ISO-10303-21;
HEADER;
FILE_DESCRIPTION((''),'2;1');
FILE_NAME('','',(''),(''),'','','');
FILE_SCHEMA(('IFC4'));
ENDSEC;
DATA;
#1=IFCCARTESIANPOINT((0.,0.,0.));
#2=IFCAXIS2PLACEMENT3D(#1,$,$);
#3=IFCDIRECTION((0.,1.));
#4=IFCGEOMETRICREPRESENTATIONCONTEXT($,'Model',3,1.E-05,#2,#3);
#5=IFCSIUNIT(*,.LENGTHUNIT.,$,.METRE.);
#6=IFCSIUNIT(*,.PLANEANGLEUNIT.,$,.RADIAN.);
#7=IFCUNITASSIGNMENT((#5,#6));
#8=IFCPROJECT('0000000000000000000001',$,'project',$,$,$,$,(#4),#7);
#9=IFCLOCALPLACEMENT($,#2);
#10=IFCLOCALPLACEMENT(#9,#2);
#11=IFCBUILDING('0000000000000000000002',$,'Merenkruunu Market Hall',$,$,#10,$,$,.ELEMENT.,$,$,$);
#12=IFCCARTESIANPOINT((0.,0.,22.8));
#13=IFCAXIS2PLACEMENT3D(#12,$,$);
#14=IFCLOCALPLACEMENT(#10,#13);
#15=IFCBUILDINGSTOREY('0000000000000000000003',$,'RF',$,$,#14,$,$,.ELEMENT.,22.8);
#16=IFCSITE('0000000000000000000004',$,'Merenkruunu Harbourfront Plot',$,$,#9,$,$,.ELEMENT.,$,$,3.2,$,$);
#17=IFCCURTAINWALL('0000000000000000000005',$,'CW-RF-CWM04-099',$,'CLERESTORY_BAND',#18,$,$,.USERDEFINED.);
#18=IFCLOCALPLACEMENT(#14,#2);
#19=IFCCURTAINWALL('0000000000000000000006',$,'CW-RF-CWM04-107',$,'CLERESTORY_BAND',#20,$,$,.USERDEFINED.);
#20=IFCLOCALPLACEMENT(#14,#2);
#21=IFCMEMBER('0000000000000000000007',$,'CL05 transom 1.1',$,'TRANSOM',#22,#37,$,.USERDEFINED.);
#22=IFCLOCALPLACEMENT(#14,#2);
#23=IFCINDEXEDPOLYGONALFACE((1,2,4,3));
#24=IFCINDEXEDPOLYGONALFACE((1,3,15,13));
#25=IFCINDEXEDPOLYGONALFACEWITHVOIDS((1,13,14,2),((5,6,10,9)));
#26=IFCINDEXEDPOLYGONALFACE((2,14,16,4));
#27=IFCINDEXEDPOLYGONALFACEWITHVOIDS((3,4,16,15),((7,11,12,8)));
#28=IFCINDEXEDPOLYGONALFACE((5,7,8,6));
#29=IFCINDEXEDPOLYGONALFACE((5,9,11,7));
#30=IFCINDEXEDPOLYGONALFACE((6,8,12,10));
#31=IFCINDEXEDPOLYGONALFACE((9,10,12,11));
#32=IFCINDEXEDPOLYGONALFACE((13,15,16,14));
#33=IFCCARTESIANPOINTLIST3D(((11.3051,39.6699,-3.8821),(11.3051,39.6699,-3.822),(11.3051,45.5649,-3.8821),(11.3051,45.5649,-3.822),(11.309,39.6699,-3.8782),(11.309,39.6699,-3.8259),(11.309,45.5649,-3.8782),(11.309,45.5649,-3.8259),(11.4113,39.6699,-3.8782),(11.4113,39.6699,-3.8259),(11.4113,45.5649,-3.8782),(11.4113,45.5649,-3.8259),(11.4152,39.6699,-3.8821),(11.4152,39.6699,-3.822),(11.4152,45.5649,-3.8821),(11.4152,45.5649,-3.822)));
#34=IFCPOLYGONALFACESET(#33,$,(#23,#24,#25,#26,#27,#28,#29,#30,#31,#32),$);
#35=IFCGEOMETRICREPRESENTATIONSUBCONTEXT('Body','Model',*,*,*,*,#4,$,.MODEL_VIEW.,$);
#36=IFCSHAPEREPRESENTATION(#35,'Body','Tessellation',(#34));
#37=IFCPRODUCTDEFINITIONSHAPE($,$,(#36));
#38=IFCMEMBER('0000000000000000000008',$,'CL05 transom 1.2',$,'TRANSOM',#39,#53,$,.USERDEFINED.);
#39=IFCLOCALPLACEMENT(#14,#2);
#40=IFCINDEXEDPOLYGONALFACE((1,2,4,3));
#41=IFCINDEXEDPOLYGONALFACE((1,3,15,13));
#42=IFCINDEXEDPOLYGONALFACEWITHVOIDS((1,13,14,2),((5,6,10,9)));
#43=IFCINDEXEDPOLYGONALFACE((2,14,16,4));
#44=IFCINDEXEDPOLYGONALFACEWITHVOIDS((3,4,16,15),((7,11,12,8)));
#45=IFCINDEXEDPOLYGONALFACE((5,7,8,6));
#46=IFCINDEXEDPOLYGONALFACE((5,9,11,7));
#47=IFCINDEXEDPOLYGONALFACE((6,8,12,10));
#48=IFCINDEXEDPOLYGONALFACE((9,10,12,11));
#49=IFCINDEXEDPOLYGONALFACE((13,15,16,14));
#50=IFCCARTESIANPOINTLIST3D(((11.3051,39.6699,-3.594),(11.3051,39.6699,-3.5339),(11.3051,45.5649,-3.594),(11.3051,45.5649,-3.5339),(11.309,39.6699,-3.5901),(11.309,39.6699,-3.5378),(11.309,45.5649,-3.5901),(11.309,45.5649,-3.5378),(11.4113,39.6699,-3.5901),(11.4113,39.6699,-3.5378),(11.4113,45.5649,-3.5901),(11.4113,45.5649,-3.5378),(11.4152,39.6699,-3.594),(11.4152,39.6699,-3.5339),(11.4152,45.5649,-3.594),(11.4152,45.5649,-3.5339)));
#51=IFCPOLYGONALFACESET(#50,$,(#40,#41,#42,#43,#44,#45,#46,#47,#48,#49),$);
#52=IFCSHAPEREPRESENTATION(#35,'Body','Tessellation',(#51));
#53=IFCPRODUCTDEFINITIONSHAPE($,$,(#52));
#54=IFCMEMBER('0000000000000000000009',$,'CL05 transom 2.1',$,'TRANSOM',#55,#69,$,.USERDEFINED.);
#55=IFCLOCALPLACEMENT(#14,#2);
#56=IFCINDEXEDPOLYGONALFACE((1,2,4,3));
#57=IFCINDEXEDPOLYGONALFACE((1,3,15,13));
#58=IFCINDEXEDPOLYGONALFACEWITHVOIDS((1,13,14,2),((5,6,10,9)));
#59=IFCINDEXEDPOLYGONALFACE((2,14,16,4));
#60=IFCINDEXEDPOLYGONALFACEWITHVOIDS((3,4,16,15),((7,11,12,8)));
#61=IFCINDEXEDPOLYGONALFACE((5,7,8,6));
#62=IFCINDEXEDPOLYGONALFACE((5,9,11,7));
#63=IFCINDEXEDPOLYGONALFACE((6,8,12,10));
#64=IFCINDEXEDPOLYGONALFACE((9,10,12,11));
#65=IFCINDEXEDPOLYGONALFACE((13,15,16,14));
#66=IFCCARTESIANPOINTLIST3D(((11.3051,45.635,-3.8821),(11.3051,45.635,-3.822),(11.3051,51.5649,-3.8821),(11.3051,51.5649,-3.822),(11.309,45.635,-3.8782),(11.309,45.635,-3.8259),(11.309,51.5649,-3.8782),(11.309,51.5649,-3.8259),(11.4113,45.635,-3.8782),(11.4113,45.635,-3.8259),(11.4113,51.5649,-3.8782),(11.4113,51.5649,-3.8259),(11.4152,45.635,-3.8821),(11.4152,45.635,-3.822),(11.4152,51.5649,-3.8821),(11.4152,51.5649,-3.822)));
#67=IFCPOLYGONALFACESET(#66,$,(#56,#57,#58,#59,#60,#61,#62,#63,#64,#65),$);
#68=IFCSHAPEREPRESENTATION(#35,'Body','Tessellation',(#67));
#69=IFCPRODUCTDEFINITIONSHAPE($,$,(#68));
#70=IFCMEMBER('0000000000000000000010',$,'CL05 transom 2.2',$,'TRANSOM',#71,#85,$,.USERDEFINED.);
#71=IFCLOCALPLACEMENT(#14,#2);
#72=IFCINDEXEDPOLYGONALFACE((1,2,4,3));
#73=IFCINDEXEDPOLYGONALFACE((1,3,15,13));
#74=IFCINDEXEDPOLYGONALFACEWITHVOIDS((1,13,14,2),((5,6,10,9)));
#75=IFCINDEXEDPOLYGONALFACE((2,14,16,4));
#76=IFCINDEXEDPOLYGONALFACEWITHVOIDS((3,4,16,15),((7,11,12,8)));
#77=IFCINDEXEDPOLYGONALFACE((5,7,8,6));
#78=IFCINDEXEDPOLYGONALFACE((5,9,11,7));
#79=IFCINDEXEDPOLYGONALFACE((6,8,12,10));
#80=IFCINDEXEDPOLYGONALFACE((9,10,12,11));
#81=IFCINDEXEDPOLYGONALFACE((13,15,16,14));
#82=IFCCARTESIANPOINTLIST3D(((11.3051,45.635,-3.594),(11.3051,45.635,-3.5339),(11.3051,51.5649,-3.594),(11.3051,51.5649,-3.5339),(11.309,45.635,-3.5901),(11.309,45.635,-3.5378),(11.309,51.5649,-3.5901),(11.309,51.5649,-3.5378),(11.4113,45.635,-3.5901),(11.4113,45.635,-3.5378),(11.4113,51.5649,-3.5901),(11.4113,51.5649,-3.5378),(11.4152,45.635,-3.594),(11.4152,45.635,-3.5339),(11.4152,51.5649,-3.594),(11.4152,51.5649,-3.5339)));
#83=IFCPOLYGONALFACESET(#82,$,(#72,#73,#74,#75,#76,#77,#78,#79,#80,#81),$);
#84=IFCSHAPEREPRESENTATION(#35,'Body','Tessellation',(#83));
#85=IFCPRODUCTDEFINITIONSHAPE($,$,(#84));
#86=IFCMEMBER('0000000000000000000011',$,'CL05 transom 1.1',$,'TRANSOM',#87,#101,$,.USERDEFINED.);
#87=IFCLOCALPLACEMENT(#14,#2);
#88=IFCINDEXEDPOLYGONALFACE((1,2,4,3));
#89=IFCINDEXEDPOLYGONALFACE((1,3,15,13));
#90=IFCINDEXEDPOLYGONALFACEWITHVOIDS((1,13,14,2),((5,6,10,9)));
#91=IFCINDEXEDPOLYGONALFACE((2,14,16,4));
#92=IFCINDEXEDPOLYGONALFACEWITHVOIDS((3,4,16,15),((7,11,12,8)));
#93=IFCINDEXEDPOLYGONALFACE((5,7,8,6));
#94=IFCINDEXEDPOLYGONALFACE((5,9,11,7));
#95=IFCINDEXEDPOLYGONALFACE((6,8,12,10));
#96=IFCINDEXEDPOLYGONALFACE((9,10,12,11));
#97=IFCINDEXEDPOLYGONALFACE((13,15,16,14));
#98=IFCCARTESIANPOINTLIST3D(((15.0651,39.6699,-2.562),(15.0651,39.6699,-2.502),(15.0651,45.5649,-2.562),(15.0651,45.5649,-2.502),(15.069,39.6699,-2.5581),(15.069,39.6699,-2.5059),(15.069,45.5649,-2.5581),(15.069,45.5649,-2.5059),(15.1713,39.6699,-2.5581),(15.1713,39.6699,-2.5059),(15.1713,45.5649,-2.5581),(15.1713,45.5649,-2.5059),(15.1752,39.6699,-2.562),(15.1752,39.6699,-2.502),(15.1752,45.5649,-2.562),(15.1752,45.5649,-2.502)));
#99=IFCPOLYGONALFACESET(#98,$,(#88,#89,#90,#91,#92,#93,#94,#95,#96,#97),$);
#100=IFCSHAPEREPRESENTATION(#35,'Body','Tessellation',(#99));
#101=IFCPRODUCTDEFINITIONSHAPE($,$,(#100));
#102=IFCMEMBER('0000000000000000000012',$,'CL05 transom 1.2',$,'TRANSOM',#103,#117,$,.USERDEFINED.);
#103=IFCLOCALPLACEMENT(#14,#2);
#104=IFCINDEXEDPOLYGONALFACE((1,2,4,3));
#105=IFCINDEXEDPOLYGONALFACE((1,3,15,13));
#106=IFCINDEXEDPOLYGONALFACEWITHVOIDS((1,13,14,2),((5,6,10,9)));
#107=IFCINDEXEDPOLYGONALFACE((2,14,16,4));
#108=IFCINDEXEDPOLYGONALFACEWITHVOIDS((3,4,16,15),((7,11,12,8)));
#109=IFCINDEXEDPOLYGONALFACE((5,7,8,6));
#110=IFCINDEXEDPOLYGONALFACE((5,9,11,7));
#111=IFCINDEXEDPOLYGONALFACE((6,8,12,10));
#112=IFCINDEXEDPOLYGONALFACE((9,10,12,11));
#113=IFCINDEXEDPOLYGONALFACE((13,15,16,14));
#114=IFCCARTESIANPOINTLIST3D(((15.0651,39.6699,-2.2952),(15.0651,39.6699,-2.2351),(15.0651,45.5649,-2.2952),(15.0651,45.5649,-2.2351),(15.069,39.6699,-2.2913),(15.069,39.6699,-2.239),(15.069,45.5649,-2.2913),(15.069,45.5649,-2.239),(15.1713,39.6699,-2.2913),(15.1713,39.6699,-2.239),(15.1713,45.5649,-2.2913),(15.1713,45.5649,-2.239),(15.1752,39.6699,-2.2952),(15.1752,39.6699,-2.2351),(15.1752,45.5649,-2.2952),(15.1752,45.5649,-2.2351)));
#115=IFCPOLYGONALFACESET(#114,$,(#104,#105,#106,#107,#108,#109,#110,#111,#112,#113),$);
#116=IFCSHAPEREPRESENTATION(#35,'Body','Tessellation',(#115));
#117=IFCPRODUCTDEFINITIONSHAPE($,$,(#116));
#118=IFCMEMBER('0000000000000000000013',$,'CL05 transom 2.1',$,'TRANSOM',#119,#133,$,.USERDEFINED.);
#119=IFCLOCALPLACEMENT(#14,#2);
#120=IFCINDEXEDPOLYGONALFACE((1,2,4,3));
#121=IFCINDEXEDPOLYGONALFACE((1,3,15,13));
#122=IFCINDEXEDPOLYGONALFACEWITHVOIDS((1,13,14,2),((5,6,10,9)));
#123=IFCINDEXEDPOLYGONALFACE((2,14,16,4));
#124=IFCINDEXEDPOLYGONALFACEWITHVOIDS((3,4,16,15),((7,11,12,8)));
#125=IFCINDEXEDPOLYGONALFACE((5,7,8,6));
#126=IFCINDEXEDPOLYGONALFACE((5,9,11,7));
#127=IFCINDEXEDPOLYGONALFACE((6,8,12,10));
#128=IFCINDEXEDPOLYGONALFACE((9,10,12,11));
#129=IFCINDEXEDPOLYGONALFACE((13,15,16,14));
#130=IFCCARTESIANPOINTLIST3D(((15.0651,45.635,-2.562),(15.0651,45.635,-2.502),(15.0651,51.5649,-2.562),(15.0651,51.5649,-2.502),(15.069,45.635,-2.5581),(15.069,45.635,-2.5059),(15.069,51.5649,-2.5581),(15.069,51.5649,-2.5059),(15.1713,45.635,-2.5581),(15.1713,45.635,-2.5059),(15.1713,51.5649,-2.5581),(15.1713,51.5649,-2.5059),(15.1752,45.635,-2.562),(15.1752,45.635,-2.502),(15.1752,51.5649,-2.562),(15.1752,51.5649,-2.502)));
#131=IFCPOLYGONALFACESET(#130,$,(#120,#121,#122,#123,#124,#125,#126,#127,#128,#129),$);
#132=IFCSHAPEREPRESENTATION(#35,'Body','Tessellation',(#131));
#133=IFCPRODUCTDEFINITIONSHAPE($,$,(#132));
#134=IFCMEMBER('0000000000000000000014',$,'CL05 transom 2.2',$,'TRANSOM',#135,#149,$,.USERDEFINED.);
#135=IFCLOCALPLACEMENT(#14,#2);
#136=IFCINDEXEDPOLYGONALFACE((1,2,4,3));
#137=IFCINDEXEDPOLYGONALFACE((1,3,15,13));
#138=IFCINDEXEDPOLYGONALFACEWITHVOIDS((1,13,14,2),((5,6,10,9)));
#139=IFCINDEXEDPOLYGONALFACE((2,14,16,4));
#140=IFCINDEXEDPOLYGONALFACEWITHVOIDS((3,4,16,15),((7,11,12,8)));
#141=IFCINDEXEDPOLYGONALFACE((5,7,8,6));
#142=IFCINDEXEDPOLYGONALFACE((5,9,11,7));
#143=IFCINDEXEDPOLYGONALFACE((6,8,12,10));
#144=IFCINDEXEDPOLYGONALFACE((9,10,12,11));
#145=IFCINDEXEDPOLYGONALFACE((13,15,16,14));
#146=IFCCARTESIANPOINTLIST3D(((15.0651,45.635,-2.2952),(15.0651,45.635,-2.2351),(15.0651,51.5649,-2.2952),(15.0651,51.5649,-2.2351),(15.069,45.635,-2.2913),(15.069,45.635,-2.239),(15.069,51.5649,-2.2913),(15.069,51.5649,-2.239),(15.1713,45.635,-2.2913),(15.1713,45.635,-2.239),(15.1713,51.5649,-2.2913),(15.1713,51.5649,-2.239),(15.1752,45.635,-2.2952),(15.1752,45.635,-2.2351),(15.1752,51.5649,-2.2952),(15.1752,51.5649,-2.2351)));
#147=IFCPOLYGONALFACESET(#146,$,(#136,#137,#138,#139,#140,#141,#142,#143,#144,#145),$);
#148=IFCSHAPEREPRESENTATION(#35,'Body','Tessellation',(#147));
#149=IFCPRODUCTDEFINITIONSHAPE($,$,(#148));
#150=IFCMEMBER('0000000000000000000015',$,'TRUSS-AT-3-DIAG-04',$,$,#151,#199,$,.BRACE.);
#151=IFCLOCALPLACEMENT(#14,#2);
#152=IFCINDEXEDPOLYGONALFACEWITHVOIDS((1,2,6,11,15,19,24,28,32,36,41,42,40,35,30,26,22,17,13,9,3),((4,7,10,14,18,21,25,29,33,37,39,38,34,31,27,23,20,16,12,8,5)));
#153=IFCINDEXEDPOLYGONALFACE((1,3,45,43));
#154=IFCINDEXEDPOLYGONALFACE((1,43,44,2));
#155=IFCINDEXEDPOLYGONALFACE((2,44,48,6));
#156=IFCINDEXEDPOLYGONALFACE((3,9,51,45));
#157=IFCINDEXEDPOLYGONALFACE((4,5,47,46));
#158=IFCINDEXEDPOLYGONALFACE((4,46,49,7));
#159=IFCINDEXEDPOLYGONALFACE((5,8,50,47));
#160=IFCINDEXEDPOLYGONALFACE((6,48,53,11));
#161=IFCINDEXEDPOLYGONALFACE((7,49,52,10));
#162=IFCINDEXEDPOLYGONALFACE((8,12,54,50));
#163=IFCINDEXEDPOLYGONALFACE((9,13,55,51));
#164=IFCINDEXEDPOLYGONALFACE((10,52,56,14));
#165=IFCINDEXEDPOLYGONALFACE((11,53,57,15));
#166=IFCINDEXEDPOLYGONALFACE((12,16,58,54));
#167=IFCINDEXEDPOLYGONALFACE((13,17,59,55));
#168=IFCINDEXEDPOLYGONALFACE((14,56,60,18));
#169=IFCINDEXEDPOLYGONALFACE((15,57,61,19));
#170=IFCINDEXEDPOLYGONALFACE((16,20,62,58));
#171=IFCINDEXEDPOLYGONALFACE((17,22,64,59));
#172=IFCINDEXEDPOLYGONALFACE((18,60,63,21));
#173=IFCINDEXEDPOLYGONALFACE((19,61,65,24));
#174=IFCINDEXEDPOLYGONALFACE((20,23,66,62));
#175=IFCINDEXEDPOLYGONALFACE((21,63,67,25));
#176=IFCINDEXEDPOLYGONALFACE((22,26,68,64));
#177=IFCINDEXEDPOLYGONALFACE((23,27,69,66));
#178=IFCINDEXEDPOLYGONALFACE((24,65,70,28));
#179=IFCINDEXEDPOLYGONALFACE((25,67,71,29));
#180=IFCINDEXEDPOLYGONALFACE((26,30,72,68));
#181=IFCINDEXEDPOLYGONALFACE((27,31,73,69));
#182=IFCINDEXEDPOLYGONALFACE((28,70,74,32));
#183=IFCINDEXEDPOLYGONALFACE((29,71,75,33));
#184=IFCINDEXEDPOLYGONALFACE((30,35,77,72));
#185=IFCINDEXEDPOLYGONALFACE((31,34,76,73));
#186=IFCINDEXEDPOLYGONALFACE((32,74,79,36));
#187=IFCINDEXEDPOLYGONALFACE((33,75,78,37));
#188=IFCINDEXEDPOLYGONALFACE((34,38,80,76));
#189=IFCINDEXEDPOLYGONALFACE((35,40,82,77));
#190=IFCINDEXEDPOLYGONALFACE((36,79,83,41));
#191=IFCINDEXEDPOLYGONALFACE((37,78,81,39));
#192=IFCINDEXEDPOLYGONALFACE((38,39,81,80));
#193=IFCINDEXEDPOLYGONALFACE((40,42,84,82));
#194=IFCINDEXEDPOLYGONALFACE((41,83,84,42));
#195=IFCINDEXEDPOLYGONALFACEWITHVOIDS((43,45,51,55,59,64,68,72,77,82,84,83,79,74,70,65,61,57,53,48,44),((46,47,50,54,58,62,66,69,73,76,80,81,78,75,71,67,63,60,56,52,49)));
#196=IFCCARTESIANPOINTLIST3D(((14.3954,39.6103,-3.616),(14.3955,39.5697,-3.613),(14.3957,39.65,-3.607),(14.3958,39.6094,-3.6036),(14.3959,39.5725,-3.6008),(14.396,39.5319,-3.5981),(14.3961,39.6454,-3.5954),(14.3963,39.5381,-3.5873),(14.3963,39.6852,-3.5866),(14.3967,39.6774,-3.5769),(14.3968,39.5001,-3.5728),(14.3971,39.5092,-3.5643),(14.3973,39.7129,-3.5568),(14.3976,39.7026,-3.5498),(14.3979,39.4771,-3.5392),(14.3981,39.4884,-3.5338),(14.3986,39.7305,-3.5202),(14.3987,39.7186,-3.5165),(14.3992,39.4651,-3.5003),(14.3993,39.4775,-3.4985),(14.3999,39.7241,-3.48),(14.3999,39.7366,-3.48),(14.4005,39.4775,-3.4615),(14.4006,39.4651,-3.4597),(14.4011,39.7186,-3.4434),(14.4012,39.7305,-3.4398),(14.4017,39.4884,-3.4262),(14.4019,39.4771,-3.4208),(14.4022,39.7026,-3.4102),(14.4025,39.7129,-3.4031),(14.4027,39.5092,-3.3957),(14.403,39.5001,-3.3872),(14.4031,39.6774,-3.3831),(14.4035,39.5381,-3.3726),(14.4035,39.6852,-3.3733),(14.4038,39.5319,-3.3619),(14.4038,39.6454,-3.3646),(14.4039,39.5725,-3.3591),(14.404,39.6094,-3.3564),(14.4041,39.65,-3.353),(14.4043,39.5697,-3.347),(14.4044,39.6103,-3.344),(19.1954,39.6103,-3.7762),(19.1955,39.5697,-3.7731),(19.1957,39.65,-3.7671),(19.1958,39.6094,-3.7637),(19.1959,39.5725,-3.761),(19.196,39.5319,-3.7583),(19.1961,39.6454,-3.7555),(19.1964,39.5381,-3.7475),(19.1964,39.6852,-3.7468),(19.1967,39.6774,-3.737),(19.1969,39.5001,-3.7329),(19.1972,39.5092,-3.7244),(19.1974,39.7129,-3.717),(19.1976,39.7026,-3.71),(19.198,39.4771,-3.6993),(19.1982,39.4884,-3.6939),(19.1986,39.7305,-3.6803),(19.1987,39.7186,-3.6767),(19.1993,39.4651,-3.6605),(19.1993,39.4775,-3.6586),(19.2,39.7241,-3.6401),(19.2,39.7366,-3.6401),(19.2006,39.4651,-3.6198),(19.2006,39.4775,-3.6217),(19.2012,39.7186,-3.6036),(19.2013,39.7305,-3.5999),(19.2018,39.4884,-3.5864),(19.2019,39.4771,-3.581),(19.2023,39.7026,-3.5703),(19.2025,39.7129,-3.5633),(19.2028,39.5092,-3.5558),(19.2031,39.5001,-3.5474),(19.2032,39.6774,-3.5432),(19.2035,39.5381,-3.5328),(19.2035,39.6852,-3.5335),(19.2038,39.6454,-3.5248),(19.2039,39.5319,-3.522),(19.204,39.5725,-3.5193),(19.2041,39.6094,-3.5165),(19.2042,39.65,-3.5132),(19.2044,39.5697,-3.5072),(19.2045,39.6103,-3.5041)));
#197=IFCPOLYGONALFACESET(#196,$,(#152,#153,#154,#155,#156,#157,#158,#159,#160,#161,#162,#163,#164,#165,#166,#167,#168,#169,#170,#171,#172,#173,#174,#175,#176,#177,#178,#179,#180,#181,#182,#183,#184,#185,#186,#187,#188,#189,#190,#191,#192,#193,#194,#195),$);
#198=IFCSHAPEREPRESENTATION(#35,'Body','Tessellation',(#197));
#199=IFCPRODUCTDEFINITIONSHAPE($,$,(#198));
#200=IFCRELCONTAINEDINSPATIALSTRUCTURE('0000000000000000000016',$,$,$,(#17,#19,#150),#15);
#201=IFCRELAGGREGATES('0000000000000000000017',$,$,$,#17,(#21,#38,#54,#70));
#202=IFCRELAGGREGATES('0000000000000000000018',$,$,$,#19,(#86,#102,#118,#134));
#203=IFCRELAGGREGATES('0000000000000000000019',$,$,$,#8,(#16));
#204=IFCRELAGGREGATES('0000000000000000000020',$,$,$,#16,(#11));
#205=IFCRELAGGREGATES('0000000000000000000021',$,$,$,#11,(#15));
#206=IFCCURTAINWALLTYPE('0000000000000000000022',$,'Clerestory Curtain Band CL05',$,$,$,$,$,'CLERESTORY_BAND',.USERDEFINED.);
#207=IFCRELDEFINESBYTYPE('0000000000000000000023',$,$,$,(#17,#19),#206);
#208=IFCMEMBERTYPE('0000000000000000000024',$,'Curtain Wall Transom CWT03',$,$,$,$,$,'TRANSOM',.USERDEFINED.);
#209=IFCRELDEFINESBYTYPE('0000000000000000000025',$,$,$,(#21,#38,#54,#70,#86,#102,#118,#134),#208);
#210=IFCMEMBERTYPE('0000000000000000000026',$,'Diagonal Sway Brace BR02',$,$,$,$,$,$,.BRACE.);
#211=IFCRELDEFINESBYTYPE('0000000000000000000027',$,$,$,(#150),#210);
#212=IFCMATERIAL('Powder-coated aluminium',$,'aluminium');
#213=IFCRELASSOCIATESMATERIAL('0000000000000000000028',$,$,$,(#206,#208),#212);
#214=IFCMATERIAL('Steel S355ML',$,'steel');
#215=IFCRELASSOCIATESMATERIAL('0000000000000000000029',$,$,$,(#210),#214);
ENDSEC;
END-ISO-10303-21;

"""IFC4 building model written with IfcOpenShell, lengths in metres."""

from ifc_helpers import new_model, si_unit, direction, frame, origin, origin_2d, place, context, subcontext, project, spatial, hollow_rectangle, hollow_circle, extrude, material, material_profile, profile_set, type_object, element, aggregate, save


model = new_model("IFC4")

# Units and contexts
model_context = context("Model", 3, precision=1e-05, world=origin(), true_north=direction((0.0, 1.0)))
body_context = subcontext(model_context, "Body", "Model", "MODEL_VIEW")
ifc_project = project(units=[si_unit("LENGTHUNIT", "METRE"), si_unit("PLANEANGLEUNIT", "RADIAN")], contexts=[model_context])

# Site, building, storey
site_placement = place(None, origin())
site = spatial("IfcSite", under=ifc_project, at=site_placement, Name="Merenkruunu Harbourfront Plot", CompositionType="ELEMENT", RefElevation=3.2)
building_placement = place(site_placement, origin())
building = spatial("IfcBuilding", under=site, at=building_placement, Name="Merenkruunu Market Hall", CompositionType="ELEMENT")
storey_placement = place(building_placement, frame((0.0, 0.0, 22.8)))
storey = spatial("IfcBuildingStorey", under=building, at=storey_placement, Name="RF", CompositionType="ELEMENT", Elevation=22.8)

# Shared definitions
ifc_material_1 = material(Name="Steel S355ML", Category="steel")

# Curtain walls
ifc_material_2 = material(Name="Powder-coated aluminium", Category="aluminium")
curtain_wall_type = type_object("IfcCurtainWallType", Name="Clerestory Curtain Band CL05", ElementType="CLERESTORY_BAND", PredefinedType="USERDEFINED", material=ifc_material_2)
curtain_wall_1_placement = place(storey_placement, origin())
curtain_wall_1 = element("IfcCurtainWall", 1, at=curtain_wall_1_placement, inside=storey, type_object=curtain_wall_type, Name="CW-RF-CWM04-099", ObjectType="CLERESTORY_BAND", PredefinedType="USERDEFINED")
curtain_wall_2_placement = place(storey_placement, origin())
curtain_wall_2 = element("IfcCurtainWall", 2, at=curtain_wall_2_placement, inside=storey, type_object=curtain_wall_type, Name="CW-RF-CWM04-107", ObjectType="CLERESTORY_BAND", PredefinedType="USERDEFINED")

# Members
ifc_material_profile_1 = material_profile(ifc_material_2, hollow_rectangle(XDim=0.0601, YDim=0.1101, WallThickness=0.0039, at=origin_2d()), Name="ALU 60x110x4")
ifc_profile_set_1 = profile_set([ifc_material_profile_1], Name="Powder-coated aluminium")
member_type_1 = type_object("IfcMemberType", Name="Curtain Wall Transom CWT03", ElementType="TRANSOM", PredefinedType="USERDEFINED", material=ifc_profile_set_1)
member_1_placement = place(storey_placement, frame((11.3601, 39.6699, -3.8521), z_axis=(0.0, 1.0, 0.0), x_axis=(0.0, 0.0, 1.0)))
member_1 = element("IfcMember", 3, at=member_1_placement, type_object=member_type_1, Name="CL05 transom 1.1", ObjectType="TRANSOM", PredefinedType="USERDEFINED", context=body_context, shape_type="SweptSolid", body=[
    extrude(hollow_rectangle(XDim=0.0601, YDim=0.1101, WallThickness=0.0039, at=origin_2d()), origin(), (0.0, 0.0, 1.0), 5.895),
])
member_2_placement = place(storey_placement, frame((11.3601, 39.6699, -3.564), z_axis=(0.0, 1.0, 0.0), x_axis=(0.0, 0.0, 1.0)))
member_2 = element("IfcMember", 4, at=member_2_placement, type_object=member_type_1, Name="CL05 transom 1.2", ObjectType="TRANSOM", PredefinedType="USERDEFINED", context=body_context, shape_type="SweptSolid", body=[
    extrude(hollow_rectangle(XDim=0.0601, YDim=0.1101, WallThickness=0.0039, at=origin_2d()), origin(), (0.0, 0.0, 1.0), 5.895),
])
member_3_placement = place(storey_placement, frame((11.3601, 45.635, -3.8521), z_axis=(0.0, 1.0, 0.0), x_axis=(0.0, 0.0, 1.0)))
member_3 = element("IfcMember", 5, at=member_3_placement, type_object=member_type_1, Name="CL05 transom 2.1", ObjectType="TRANSOM", PredefinedType="USERDEFINED", context=body_context, shape_type="SweptSolid", body=[
    extrude(hollow_rectangle(XDim=0.0601, YDim=0.1101, WallThickness=0.0039, at=origin_2d()), origin(), (0.0, 0.0, 1.0), 5.9299),
])
member_4_placement = place(storey_placement, frame((11.3601, 45.635, -3.564), z_axis=(0.0, 1.0, 0.0), x_axis=(0.0, 0.0, 1.0)))
member_4 = element("IfcMember", 6, at=member_4_placement, type_object=member_type_1, Name="CL05 transom 2.2", ObjectType="TRANSOM", PredefinedType="USERDEFINED", context=body_context, shape_type="SweptSolid", body=[
    extrude(hollow_rectangle(XDim=0.0601, YDim=0.1101, WallThickness=0.0039, at=origin_2d()), origin(), (0.0, 0.0, 1.0), 5.9299),
])
member_5_placement = place(storey_placement, frame((15.1201, 39.6699, -2.532), z_axis=(0.0, 1.0, 0.0), x_axis=(0.0, 0.0, 1.0)))
member_5 = element("IfcMember", 7, at=member_5_placement, type_object=member_type_1, Name="CL05 transom 1.1", ObjectType="TRANSOM", PredefinedType="USERDEFINED", context=body_context, shape_type="SweptSolid", body=[
    extrude(hollow_rectangle(XDim=0.0601, YDim=0.1101, WallThickness=0.0039, at=origin_2d()), origin(), (0.0, 0.0, 1.0), 5.895),
])
member_6_placement = place(storey_placement, frame((15.1201, 39.6699, -2.2651), z_axis=(0.0, 1.0, 0.0), x_axis=(0.0, 0.0, 1.0)))
member_6 = element("IfcMember", 8, at=member_6_placement, type_object=member_type_1, Name="CL05 transom 1.2", ObjectType="TRANSOM", PredefinedType="USERDEFINED", context=body_context, shape_type="SweptSolid", body=[
    extrude(hollow_rectangle(XDim=0.0601, YDim=0.1101, WallThickness=0.0039, at=origin_2d()), origin(), (0.0, 0.0, 1.0), 5.895),
])
member_7_placement = place(storey_placement, frame((15.1201, 45.635, -2.532), z_axis=(0.0, 1.0, 0.0), x_axis=(0.0, 0.0, 1.0)))
member_7 = element("IfcMember", 9, at=member_7_placement, type_object=member_type_1, Name="CL05 transom 2.1", ObjectType="TRANSOM", PredefinedType="USERDEFINED", context=body_context, shape_type="SweptSolid", body=[
    extrude(hollow_rectangle(XDim=0.0601, YDim=0.1101, WallThickness=0.0039, at=origin_2d()), origin(), (0.0, 0.0, 1.0), 5.9299),
])
member_8_placement = place(storey_placement, frame((15.1201, 45.635, -2.2651), z_axis=(0.0, 1.0, 0.0), x_axis=(0.0, 0.0, 1.0)))
member_8 = element("IfcMember", 10, at=member_8_placement, type_object=member_type_1, Name="CL05 transom 2.2", ObjectType="TRANSOM", PredefinedType="USERDEFINED", context=body_context, shape_type="SweptSolid", body=[
    extrude(hollow_rectangle(XDim=0.0601, YDim=0.1101, WallThickness=0.0039, at=origin_2d()), origin(), (0.0, 0.0, 1.0), 5.9299),
])

# Member
ifc_material_profile_2 = material_profile(ifc_material_1, hollow_circle(Radius=0.1365, WallThickness=0.0125, at=origin_2d()), Name="CHS 273x12.5")
ifc_profile_set_2 = profile_set([ifc_material_profile_2], Name="Steel S355ML")
member_type_2 = type_object("IfcMemberType", Name="Diagonal Sway Brace BR02", PredefinedType="BRACE", material=ifc_profile_set_2)
member_9_placement = place(storey_placement, frame((14.3999, 39.6001, -3.48), z_axis=(0.999444, 0.0, -0.033347), x_axis=(0.0, 1.0, 0.0)))
element("IfcMember", 11, at=member_9_placement, inside=storey, type_object=member_type_2, Name="TRUSS-AT-3-DIAG-04", PredefinedType="BRACE", context=body_context, shape_type="SweptSolid", body=[
    extrude(hollow_circle(Radius=0.1365, WallThickness=0.0125, at=origin_2d()), origin(), (0.0, 0.0, 1.0), 4.8027),
])

aggregate(curtain_wall_1, [member_1, member_2, member_3, member_4])
aggregate(curtain_wall_2, [member_5, member_6, member_7, member_8])

save(model, "model.ifc")
